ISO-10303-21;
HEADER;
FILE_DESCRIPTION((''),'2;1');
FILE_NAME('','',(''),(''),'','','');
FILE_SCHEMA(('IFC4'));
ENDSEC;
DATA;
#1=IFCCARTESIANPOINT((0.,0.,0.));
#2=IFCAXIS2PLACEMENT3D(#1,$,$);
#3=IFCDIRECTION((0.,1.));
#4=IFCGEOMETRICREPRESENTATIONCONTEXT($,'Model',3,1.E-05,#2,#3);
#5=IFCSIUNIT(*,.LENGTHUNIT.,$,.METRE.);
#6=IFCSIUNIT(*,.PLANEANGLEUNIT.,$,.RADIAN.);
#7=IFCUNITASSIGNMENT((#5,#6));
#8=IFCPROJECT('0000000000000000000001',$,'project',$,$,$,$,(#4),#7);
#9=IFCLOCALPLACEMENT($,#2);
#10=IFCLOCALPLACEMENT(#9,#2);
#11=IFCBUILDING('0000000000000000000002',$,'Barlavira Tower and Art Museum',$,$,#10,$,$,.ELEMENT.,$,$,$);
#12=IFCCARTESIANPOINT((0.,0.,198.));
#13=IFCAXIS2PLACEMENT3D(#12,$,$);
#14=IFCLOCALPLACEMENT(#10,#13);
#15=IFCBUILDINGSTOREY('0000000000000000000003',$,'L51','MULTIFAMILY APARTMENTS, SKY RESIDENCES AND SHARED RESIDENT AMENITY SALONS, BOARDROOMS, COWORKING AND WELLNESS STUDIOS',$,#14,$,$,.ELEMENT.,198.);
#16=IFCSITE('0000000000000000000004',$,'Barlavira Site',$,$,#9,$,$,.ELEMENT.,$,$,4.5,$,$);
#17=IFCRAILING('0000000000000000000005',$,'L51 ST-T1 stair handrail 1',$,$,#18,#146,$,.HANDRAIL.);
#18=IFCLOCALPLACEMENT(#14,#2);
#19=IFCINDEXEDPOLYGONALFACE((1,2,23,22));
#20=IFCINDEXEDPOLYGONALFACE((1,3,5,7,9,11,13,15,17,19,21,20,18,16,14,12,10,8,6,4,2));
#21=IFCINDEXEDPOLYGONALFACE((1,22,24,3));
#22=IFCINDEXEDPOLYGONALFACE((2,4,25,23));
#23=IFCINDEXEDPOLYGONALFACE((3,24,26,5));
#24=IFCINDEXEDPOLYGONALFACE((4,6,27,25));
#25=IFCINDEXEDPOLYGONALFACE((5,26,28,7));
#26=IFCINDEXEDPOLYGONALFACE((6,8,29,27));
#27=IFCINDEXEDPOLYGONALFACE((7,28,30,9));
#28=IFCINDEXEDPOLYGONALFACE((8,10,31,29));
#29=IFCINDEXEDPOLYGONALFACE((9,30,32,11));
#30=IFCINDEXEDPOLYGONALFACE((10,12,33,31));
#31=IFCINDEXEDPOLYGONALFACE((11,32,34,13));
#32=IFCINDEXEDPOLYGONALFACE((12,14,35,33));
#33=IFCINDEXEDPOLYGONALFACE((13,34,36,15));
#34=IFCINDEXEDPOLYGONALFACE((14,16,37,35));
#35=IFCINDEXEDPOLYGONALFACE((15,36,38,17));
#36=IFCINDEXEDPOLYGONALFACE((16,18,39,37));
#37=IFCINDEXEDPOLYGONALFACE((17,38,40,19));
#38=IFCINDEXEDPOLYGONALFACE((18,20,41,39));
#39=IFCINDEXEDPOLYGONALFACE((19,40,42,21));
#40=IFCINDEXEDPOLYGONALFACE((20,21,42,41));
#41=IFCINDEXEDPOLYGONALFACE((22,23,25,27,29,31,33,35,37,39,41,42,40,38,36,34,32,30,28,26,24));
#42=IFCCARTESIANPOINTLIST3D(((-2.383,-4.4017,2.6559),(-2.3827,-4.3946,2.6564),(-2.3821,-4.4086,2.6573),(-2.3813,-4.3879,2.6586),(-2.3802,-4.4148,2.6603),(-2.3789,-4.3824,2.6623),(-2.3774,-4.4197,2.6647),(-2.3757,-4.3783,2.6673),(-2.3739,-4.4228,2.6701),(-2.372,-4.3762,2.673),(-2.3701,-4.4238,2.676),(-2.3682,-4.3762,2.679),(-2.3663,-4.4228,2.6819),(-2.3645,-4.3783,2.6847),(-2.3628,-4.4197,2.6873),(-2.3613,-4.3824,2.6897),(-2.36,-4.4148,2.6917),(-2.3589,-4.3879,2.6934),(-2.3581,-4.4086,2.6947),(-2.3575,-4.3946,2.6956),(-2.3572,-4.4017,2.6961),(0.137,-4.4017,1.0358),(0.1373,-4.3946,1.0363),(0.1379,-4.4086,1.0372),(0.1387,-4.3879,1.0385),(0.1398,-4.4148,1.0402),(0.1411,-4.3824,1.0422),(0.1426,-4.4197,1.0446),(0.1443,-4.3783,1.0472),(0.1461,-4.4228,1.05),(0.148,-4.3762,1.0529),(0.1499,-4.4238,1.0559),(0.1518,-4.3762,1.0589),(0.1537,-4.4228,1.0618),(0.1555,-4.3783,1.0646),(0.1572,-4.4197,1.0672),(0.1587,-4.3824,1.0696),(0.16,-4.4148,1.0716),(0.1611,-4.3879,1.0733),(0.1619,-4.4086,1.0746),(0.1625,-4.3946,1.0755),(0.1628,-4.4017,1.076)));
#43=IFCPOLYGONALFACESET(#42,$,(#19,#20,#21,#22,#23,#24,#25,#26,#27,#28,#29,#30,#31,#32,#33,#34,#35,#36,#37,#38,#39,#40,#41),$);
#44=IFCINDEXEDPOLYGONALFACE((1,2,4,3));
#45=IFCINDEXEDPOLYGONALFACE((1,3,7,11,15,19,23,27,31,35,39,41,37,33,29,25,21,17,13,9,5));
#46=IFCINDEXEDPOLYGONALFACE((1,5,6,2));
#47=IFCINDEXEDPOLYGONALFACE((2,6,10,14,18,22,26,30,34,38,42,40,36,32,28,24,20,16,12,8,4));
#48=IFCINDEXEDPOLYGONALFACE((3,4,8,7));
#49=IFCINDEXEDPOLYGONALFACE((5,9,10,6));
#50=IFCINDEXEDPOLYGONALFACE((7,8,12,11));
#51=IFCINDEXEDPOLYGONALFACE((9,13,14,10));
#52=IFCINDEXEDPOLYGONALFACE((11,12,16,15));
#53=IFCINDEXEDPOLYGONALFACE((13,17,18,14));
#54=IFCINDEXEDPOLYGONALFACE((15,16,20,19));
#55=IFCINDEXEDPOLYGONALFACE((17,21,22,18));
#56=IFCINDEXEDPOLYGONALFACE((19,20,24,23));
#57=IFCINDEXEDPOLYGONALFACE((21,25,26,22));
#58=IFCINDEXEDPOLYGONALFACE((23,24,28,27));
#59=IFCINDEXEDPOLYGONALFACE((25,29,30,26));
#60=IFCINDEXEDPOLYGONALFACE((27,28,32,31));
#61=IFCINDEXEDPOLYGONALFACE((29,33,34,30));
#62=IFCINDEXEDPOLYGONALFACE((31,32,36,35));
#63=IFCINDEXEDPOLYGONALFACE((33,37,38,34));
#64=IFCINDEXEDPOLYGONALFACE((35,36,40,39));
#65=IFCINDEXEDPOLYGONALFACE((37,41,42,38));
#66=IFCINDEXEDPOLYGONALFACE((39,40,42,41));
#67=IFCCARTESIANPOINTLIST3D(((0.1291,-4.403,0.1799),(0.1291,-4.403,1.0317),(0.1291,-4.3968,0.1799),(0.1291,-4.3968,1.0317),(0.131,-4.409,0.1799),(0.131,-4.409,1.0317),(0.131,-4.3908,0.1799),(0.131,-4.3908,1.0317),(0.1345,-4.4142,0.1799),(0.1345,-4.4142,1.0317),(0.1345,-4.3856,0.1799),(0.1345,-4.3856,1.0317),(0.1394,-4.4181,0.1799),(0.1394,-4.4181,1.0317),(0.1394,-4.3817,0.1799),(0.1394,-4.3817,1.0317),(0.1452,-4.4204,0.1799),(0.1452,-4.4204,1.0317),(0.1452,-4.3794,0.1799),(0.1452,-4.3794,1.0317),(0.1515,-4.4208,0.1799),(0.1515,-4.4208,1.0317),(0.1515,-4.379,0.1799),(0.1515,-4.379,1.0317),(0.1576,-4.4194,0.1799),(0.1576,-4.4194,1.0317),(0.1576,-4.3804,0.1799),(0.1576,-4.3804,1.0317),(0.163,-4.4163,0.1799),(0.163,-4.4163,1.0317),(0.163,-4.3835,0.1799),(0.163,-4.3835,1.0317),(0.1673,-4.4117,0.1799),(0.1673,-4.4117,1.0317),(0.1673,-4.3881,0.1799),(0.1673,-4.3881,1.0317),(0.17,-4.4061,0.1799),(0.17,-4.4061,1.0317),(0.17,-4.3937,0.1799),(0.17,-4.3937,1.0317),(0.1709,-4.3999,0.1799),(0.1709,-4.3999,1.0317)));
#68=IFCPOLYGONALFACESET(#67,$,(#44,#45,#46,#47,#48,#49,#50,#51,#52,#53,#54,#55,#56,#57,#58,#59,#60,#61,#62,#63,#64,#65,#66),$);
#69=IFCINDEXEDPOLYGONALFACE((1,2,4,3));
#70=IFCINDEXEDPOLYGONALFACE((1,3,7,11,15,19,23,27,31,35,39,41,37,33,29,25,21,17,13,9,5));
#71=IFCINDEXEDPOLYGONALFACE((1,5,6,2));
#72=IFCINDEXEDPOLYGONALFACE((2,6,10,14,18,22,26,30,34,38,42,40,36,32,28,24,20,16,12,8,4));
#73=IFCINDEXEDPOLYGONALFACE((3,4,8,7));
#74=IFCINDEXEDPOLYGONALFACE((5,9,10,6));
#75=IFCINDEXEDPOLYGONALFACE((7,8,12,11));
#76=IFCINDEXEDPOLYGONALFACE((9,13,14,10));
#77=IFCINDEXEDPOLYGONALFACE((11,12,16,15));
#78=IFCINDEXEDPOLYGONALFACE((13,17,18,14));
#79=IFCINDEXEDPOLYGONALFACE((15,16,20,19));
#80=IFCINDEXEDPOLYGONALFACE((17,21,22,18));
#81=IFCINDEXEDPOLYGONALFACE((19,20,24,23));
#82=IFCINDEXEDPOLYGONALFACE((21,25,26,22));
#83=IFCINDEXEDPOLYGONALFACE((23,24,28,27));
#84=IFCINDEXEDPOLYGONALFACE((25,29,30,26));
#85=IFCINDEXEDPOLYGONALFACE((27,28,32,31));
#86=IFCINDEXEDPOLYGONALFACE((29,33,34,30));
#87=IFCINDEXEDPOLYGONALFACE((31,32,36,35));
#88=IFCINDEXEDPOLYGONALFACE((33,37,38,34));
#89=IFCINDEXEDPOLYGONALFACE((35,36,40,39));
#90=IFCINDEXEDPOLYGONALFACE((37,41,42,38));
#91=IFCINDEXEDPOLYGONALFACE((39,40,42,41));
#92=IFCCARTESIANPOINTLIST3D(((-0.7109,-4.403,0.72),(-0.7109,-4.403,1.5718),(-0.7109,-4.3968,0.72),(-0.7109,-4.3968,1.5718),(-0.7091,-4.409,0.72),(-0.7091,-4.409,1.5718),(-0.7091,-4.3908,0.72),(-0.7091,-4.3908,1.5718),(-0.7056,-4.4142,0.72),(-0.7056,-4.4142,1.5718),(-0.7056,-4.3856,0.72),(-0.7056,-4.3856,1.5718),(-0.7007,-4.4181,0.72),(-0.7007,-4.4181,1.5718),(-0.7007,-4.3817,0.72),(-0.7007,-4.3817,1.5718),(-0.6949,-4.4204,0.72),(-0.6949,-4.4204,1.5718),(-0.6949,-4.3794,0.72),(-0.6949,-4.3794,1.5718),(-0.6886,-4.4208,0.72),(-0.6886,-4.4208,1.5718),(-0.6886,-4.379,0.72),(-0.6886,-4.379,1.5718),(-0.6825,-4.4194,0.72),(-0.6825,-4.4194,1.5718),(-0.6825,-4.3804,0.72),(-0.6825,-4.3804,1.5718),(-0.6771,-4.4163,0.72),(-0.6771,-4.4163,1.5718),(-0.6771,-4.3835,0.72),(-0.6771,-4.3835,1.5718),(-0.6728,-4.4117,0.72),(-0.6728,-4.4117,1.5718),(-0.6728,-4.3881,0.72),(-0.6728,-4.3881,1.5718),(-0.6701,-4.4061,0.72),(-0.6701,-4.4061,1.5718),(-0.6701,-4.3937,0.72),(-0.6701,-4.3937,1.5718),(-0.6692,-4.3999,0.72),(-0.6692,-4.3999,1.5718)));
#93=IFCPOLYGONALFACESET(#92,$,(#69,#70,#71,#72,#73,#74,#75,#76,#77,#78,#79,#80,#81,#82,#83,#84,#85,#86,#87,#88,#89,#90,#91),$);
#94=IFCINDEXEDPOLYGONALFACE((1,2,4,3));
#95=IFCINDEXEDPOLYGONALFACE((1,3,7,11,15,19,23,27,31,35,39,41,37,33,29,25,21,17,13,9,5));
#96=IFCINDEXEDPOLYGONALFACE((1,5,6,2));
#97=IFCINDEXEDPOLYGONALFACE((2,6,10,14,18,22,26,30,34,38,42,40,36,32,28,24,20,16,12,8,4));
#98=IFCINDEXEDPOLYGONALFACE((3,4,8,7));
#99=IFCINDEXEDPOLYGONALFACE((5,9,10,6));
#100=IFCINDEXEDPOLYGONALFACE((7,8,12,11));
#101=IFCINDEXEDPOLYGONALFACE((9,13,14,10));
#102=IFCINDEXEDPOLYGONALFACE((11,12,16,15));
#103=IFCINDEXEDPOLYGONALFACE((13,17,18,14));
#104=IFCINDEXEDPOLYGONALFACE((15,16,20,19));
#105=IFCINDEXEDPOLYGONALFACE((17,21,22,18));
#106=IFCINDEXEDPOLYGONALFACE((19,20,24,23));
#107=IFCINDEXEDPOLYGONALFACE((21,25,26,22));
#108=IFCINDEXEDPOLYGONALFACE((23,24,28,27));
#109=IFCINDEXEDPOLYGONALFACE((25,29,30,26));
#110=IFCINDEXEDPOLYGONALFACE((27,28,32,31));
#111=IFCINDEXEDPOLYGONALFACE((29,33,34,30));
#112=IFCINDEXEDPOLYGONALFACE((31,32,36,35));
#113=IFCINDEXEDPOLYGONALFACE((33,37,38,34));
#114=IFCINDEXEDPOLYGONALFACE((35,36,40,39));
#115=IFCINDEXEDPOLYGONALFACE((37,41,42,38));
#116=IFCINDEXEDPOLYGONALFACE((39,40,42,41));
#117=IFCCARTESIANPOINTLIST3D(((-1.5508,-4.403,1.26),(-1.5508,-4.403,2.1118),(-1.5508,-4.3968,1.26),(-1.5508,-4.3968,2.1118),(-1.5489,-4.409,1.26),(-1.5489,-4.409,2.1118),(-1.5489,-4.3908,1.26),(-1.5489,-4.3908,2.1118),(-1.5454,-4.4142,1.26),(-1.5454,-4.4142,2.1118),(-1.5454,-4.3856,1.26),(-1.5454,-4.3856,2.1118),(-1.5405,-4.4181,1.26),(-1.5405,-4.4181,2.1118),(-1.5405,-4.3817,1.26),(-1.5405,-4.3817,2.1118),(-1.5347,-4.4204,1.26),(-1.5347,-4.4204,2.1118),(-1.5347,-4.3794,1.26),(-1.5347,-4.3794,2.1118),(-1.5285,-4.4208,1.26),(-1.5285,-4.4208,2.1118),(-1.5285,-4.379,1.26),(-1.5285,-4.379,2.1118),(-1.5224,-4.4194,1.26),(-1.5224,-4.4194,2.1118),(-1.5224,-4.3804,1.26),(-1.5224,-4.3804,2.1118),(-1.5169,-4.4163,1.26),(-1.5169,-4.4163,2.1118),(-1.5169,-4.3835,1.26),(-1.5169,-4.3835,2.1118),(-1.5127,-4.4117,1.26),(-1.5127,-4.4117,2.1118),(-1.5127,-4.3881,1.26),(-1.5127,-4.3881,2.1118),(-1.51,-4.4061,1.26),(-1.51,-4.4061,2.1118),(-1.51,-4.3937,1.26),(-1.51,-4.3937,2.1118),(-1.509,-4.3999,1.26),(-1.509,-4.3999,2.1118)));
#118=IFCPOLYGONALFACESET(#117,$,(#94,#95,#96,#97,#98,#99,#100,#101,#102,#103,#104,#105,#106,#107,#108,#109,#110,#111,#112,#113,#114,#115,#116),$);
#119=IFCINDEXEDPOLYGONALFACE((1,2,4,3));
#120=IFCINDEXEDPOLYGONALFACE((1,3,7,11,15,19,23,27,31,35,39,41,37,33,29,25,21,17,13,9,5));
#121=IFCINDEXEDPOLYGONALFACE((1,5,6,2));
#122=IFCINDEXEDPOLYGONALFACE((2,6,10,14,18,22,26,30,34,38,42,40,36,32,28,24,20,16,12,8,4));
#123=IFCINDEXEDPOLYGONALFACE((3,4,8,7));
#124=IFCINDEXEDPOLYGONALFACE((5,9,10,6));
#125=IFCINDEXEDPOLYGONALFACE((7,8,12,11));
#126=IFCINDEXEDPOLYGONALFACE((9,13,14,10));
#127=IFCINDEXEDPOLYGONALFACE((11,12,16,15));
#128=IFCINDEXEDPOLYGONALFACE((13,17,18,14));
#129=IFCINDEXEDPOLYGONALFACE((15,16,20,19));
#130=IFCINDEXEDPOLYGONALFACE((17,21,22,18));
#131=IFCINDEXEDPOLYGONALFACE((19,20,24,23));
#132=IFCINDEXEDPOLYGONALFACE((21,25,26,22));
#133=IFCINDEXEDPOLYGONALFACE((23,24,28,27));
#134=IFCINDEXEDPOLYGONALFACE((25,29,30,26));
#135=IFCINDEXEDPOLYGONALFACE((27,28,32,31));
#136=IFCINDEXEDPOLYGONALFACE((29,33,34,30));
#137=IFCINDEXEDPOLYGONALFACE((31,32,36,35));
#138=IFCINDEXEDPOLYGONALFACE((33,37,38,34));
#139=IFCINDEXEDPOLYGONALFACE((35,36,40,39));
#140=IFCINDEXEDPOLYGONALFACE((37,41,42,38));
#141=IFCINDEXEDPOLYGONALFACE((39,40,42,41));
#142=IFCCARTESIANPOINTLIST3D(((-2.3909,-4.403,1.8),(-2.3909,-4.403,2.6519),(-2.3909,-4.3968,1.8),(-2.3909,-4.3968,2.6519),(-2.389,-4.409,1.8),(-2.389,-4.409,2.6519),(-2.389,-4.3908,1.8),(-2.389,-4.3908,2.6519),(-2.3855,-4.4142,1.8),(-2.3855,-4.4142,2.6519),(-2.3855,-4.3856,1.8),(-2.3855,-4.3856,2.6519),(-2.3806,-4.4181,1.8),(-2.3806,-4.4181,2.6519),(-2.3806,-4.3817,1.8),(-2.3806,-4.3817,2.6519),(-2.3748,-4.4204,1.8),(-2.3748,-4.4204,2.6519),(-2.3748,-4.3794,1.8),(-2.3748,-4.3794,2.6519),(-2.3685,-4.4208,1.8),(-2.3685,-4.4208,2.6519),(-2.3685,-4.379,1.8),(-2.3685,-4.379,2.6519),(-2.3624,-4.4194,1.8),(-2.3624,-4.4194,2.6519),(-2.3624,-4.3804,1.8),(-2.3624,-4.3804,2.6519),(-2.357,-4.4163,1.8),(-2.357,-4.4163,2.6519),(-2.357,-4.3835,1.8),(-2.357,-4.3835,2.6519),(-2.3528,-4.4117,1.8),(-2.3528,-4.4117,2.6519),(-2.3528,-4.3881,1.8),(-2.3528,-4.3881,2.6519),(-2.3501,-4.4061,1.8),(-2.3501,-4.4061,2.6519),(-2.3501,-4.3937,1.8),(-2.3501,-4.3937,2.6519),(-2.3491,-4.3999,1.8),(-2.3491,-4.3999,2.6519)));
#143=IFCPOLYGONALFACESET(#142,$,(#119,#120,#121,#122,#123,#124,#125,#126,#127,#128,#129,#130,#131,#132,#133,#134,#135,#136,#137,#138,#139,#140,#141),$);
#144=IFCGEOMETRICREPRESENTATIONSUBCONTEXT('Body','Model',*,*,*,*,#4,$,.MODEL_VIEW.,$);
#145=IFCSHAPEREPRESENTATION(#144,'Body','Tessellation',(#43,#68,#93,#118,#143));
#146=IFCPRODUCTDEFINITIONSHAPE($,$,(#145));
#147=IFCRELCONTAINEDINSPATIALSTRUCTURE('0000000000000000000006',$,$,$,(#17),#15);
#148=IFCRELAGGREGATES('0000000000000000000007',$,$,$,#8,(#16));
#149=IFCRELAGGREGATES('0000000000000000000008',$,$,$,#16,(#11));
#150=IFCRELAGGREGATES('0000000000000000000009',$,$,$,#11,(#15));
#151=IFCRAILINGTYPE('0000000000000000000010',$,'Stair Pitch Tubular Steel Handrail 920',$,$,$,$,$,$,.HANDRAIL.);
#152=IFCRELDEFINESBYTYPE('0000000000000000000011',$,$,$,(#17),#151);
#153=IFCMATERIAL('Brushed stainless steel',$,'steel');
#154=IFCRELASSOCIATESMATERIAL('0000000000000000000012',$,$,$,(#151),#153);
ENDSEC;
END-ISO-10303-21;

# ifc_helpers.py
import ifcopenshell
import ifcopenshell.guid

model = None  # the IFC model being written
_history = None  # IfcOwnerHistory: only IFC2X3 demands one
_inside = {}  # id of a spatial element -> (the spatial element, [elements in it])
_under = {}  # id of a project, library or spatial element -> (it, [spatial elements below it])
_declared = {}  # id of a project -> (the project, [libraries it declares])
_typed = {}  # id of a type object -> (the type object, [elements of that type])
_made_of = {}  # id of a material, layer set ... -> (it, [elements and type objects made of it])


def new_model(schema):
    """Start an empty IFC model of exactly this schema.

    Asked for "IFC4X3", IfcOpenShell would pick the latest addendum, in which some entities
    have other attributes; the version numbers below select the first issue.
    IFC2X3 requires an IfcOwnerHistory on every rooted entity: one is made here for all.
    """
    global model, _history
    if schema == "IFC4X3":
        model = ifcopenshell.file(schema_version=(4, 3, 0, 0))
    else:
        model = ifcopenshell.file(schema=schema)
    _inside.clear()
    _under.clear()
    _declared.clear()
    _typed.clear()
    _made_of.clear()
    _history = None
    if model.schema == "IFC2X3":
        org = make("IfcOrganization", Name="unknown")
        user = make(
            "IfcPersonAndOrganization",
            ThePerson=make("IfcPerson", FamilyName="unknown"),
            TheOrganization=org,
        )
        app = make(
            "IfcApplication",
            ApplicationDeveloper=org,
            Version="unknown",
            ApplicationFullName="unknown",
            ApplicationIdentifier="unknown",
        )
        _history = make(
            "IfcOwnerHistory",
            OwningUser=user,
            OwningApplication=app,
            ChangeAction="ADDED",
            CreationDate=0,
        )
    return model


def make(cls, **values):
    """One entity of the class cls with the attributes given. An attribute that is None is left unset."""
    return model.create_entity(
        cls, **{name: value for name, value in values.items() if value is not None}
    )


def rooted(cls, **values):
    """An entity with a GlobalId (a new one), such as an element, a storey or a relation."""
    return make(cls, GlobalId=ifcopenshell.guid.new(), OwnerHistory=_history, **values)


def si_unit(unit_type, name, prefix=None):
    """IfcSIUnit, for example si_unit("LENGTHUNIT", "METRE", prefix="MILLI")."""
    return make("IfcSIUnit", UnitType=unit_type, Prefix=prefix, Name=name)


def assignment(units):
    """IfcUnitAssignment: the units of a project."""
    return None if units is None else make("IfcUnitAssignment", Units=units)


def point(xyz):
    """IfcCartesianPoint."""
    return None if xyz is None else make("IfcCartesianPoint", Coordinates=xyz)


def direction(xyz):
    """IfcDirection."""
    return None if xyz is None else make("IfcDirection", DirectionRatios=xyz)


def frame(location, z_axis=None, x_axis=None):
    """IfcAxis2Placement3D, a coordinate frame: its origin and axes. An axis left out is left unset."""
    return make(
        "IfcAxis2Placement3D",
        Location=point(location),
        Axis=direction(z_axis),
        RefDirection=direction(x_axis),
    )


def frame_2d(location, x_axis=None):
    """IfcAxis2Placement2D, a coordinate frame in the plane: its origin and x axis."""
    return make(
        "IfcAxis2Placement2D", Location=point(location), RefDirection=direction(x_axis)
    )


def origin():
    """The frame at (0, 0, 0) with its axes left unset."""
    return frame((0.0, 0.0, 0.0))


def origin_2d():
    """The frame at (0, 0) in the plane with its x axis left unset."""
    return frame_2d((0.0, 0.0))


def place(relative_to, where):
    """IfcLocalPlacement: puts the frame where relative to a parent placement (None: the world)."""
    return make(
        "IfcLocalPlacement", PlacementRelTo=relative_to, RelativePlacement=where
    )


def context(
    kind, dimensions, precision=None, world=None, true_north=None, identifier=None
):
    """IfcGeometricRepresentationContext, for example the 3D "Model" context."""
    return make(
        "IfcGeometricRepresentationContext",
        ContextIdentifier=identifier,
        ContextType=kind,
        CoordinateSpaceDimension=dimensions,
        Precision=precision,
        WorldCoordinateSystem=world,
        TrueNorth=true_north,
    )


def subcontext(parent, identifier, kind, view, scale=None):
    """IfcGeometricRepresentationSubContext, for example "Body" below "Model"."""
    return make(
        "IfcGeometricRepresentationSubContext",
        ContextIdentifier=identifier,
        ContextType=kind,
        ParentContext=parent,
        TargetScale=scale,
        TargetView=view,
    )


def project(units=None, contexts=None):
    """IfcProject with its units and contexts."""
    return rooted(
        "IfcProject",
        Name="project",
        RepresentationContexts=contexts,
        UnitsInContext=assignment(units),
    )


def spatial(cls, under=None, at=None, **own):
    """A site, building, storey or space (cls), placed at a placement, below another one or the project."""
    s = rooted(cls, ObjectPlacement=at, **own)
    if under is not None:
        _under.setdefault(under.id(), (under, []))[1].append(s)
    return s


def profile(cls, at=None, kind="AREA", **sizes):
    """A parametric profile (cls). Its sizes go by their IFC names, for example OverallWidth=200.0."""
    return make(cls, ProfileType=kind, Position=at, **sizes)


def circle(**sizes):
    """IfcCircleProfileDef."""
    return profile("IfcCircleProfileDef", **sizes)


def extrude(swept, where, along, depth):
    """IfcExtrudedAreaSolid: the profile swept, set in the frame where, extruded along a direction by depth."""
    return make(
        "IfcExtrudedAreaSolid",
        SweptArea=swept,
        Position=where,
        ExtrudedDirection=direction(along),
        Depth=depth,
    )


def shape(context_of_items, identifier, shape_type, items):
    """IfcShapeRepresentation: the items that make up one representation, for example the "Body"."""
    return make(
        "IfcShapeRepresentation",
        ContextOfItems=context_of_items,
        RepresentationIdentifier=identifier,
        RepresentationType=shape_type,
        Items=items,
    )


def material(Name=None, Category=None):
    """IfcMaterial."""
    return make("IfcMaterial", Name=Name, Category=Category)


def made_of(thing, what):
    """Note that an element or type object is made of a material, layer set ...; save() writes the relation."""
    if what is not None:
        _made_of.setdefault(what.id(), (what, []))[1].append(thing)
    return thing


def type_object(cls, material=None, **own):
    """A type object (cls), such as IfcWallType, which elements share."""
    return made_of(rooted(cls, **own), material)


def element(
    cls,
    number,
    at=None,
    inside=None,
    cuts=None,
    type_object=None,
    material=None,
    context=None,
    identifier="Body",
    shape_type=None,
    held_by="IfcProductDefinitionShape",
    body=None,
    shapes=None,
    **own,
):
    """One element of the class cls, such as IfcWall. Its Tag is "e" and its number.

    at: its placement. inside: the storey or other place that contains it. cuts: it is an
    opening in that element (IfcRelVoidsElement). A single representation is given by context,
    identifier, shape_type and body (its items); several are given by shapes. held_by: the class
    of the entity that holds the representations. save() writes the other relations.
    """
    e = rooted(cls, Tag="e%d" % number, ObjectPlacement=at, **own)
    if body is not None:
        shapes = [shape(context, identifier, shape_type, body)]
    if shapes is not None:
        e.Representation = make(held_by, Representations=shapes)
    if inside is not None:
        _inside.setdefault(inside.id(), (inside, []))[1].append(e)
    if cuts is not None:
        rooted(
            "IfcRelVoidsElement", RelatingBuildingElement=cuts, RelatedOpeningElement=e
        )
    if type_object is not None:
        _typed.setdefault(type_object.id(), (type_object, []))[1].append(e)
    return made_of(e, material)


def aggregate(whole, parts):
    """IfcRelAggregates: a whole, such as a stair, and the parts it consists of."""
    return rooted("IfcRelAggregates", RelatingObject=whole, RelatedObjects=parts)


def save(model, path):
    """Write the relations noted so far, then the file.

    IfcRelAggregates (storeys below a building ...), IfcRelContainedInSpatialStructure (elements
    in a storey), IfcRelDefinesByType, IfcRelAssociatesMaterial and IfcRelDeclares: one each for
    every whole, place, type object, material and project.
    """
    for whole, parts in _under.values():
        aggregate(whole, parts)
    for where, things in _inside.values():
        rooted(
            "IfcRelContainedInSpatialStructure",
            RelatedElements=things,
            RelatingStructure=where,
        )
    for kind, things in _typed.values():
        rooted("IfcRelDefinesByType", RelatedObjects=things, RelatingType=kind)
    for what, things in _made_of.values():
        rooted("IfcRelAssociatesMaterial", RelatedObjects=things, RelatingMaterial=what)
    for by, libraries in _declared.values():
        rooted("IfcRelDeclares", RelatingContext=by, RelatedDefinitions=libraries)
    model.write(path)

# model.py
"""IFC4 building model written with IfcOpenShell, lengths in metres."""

from ifc_helpers import new_model, si_unit, direction, frame, origin, origin_2d, place, context, subcontext, project, spatial, circle, extrude, material, type_object, element, save


model = new_model("IFC4")

# Units and contexts
model_context = context("Model", 3, precision=1e-05, world=origin(), true_north=direction((0.0, 1.0)))
body_context = subcontext(model_context, "Body", "Model", "MODEL_VIEW")
ifc_project = project(units=[si_unit("LENGTHUNIT", "METRE"), si_unit("PLANEANGLEUNIT", "RADIAN")], contexts=[model_context])

# Site, building, storey
site_placement = place(None, origin())
site = spatial("IfcSite", under=ifc_project, at=site_placement, Name="Barlavira Site", CompositionType="ELEMENT", RefElevation=4.5)
building_placement = place(site_placement, origin())
building = spatial("IfcBuilding", under=site, at=building_placement, Name="Barlavira Tower and Art Museum", CompositionType="ELEMENT")
storey_placement = place(building_placement, frame((0.0, 0.0, 198.0)))
storey = spatial("IfcBuildingStorey", under=building, at=storey_placement, Name="L51", Description="MULTIFAMILY APARTMENTS, SKY RESIDENCES AND SHARED RESIDENT AMENITY SALONS, BOARDROOMS, COWORKING AND WELLNESS STUDIOS", CompositionType="ELEMENT", Elevation=198.0)

# Shared definitions
ifc_material_1 = material(Name="Brushed stainless steel", Category="steel")

# Railing
railing_type_1 = type_object("IfcRailingType", Name="Stair Pitch Tubular Steel Handrail 920", PredefinedType="HANDRAIL", material=ifc_material_1)
railing_1_placement = place(storey_placement, frame((0.1499, -4.3999, 0.1799)))
element("IfcRailing", 1, at=railing_1_placement, inside=storey, type_object=railing_type_1, Name="L51 ST-T1 stair handrail 1", PredefinedType="HANDRAIL", context=body_context, shape_type="SweptSolid", body=[
    extrude(circle(Radius=0.0239, at=origin_2d()), frame((0.0, 0.0, 0.876), z_axis=(-0.841163, 0.0, 0.540782), x_axis=(0.0, -1.0, 0.0)), (0.0, 0.0, 1.0), 2.9958),
    extrude(circle(Radius=0.021, at=origin_2d()), origin(), (0.0, 0.0, 1.0), 0.8518),
    extrude(circle(Radius=0.021, at=origin_2d()), frame((-0.8401, 0.0, 0.54)), (0.0, 0.0, 1.0), 0.8518),
    extrude(circle(Radius=0.021, at=origin_2d()), frame((-1.6799, 0.0, 1.0801)), (0.0, 0.0, 1.0), 0.8518),
    extrude(circle(Radius=0.021, at=origin_2d()), frame((-2.52, 0.0, 1.6201)), (0.0, 0.0, 1.0), 0.8518),
])

save(model, "model.ifc")
